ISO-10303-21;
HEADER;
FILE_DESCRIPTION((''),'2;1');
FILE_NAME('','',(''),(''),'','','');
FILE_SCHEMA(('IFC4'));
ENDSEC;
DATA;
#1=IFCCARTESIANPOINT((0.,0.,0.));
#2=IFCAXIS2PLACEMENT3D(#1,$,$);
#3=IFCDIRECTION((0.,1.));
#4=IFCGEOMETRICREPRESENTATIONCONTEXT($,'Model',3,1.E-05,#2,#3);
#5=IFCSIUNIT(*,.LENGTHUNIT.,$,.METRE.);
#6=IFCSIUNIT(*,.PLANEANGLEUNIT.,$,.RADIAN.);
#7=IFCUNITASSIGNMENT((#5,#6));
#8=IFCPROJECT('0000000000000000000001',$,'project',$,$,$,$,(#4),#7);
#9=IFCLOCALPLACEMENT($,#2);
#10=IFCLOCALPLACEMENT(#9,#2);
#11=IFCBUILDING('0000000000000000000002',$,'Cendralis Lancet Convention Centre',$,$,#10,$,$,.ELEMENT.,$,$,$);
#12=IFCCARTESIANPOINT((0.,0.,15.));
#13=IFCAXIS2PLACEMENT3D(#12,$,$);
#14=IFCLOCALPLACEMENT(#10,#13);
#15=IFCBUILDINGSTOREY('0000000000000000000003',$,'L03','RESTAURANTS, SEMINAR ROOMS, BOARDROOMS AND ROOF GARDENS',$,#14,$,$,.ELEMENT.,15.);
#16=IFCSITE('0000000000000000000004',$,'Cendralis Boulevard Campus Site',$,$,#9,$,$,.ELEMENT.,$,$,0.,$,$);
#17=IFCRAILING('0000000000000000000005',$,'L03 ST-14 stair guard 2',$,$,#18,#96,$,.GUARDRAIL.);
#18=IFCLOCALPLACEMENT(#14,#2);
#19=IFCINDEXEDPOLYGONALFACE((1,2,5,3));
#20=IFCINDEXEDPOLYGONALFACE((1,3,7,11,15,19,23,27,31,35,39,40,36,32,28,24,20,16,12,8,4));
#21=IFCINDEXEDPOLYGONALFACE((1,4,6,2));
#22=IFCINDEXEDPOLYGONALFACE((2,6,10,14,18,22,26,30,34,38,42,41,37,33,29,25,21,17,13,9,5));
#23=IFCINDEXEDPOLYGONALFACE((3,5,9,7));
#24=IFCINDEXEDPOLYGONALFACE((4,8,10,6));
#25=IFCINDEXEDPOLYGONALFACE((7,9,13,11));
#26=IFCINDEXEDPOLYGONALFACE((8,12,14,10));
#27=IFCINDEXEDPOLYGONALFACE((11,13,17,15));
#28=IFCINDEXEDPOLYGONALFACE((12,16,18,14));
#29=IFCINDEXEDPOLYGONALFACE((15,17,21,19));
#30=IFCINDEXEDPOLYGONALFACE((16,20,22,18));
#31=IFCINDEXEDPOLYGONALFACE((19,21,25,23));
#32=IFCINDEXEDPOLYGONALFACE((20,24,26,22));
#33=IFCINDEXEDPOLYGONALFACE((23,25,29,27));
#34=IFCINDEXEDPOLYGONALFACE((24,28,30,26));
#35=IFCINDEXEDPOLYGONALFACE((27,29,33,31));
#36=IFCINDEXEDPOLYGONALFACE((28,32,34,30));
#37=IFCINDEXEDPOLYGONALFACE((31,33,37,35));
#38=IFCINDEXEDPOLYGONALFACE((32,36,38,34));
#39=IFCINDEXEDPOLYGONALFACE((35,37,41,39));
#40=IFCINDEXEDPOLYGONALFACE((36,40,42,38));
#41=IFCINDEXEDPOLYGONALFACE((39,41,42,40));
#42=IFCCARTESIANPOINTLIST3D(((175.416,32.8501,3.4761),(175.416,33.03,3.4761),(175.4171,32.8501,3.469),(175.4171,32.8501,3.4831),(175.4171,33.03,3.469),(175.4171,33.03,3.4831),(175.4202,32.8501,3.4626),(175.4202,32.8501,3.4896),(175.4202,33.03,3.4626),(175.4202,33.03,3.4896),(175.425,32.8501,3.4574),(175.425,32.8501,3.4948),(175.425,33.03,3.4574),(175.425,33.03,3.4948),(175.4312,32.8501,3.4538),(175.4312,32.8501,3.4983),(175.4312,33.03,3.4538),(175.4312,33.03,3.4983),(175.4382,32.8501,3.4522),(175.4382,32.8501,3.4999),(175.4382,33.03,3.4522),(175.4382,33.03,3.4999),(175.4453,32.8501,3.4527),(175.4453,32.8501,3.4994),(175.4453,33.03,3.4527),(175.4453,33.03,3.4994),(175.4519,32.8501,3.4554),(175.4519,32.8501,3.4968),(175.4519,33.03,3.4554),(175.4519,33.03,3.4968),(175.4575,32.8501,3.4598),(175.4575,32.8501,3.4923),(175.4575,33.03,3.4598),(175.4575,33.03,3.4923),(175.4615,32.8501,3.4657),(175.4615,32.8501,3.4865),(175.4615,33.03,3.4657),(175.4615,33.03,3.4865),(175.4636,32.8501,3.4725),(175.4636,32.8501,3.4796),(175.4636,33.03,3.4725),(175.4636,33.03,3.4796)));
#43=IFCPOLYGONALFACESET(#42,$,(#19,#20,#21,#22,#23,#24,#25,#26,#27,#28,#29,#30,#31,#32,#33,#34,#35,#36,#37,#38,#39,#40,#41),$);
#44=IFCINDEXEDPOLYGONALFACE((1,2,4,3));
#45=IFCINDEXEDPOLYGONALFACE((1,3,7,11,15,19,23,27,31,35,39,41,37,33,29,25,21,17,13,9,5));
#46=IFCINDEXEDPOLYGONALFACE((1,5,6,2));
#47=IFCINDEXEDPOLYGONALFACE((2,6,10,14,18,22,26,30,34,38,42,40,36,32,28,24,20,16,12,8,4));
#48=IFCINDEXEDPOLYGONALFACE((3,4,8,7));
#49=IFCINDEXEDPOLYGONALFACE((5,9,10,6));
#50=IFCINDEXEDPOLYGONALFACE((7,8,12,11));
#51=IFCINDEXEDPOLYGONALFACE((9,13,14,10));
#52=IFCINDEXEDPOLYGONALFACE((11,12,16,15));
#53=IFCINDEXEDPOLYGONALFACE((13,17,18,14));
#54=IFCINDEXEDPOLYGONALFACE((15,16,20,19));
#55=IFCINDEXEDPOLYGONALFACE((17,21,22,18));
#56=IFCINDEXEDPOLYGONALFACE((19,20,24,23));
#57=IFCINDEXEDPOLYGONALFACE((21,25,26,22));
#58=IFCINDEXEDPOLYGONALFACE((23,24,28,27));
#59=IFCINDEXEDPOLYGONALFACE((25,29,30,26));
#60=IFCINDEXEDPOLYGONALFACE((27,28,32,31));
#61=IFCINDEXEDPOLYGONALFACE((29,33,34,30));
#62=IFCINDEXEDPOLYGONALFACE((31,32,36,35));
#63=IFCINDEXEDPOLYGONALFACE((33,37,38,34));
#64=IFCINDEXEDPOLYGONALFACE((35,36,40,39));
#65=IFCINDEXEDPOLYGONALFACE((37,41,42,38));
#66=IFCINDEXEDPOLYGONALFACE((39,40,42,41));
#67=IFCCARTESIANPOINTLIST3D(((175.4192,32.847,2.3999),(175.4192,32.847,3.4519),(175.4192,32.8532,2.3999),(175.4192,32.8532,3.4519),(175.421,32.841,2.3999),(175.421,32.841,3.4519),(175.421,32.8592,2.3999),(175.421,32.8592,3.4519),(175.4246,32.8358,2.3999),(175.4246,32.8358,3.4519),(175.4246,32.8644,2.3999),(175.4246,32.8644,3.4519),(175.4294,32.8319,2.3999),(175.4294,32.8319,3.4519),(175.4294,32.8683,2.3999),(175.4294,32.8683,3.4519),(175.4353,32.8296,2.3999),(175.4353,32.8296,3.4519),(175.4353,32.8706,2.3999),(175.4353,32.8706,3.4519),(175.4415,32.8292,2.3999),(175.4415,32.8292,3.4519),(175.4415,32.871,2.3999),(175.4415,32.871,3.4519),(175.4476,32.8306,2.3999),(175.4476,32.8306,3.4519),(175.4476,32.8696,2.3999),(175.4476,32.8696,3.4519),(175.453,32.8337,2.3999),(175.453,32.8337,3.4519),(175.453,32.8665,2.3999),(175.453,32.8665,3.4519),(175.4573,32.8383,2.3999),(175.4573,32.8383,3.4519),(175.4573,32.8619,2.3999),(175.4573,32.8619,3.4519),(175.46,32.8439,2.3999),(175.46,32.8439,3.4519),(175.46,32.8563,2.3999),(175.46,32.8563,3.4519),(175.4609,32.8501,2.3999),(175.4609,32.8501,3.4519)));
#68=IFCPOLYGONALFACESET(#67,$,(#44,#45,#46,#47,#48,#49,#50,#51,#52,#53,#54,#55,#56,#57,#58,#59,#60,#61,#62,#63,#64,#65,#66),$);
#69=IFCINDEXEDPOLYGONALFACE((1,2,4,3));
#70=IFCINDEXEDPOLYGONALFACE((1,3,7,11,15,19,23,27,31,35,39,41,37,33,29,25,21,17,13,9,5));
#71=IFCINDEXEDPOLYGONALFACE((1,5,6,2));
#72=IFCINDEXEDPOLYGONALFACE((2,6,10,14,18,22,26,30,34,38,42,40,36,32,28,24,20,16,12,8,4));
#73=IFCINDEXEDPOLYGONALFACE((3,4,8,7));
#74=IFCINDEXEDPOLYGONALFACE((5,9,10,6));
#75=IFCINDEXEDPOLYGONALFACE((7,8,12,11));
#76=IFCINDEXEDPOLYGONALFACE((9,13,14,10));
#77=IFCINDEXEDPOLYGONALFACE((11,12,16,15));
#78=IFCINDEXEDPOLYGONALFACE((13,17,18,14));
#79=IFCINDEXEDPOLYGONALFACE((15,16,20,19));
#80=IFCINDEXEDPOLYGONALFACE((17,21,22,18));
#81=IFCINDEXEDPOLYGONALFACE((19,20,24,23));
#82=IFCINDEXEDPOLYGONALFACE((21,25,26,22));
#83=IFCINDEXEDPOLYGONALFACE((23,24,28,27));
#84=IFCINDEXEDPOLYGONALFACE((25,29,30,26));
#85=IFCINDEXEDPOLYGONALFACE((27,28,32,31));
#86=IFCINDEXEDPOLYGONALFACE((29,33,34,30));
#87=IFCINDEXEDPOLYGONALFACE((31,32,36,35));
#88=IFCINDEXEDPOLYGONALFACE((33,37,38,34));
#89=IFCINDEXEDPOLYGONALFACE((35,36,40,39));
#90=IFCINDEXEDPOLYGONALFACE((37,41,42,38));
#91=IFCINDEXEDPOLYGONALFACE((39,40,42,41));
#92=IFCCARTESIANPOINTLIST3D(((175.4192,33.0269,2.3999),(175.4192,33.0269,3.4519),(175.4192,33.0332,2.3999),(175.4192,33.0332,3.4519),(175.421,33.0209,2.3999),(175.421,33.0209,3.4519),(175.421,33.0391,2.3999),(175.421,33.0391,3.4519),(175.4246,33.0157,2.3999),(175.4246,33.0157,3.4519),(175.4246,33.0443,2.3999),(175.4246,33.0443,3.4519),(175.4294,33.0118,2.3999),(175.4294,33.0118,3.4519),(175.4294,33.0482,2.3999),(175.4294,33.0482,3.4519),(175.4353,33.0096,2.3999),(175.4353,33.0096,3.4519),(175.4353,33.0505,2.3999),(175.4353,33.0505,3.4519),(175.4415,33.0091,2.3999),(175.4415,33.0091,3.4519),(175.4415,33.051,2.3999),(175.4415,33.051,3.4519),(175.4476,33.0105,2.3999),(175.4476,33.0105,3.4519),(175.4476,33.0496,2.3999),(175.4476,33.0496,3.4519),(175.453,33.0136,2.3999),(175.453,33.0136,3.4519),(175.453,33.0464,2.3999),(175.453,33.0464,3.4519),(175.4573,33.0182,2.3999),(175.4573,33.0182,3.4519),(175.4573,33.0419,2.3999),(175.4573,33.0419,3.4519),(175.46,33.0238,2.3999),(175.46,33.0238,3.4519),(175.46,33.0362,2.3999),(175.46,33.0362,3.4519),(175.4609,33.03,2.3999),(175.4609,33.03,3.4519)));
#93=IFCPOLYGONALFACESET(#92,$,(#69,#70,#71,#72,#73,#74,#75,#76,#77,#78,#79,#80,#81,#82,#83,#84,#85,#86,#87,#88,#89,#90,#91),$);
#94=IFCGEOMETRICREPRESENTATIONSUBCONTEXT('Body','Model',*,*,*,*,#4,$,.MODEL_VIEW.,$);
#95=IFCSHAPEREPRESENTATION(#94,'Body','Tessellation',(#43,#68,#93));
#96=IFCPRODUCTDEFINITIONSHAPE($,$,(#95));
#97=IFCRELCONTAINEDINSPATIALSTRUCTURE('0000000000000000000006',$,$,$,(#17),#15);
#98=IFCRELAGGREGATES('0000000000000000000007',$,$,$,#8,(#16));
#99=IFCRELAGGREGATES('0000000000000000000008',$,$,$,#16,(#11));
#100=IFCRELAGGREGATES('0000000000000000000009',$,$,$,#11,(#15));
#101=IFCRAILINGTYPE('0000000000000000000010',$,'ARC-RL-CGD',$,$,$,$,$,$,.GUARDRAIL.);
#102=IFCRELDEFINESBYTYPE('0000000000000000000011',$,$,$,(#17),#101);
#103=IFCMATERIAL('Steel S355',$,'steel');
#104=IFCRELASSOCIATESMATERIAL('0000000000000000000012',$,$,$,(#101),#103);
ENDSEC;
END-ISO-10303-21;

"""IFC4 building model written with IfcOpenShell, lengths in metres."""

from ifc_helpers import new_model, si_unit, direction, frame, origin, origin_2d, place, context, subcontext, project, spatial, circle, extrude, material, type_object, element, save


model = new_model("IFC4")

# Units and contexts
model_context = context("Model", 3, precision=1e-05, world=origin(), true_north=direction((0.0, 1.0)))
body_context = subcontext(model_context, "Body", "Model", "MODEL_VIEW")
ifc_project = project(units=[si_unit("LENGTHUNIT", "METRE"), si_unit("PLANEANGLEUNIT", "RADIAN")], contexts=[model_context])

# Site, building, storey
site_placement = place(None, origin())
site = spatial("IfcSite", under=ifc_project, at=site_placement, Name="Cendralis Boulevard Campus Site", CompositionType="ELEMENT", RefElevation=0.0)
building_placement = place(site_placement, origin())
building = spatial("IfcBuilding", under=site, at=building_placement, Name="Cendralis Lancet Convention Centre", CompositionType="ELEMENT")
storey_placement = place(building_placement, frame((0.0, 0.0, 15.0)))
storey = spatial("IfcBuildingStorey", under=building, at=storey_placement, Name="L03", Description="RESTAURANTS, SEMINAR ROOMS, BOARDROOMS AND ROOF GARDENS", CompositionType="ELEMENT", Elevation=15.0)

# Shared definitions
ifc_material_1 = material(Name="Steel S355", Category="steel")

# Railing
railing_type_1 = type_object("IfcRailingType", Name="ARC-RL-CGD", PredefinedType="GUARDRAIL", material=ifc_material_1)
railing_1_placement = place(storey_placement, frame((175.4399, 32.8501, 2.3999)))
element("IfcRailing", 1, at=railing_1_placement, inside=storey, type_object=railing_type_1, Name="L03 ST-14 stair guard 2", PredefinedType="GUARDRAIL", context=body_context, shape_type="SweptSolid", body=[
    extrude(circle(Radius=0.0239, at=origin_2d()), frame((0.0, 0.0, 1.0762), z_axis=(0.0, 1.0, 0.0), x_axis=(-1.0, 0.0, 0.0)), (0.0, 0.0, 1.0), 0.1799),
    extrude(circle(Radius=0.021, at=origin_2d()), origin(), (0.0, 0.0, 1.0), 1.052),
    extrude(circle(Radius=0.021, at=origin_2d()), frame((0.0, 0.1799, 0.0)), (0.0, 0.0, 1.0), 1.052),
])

save(model, "model.ifc")
